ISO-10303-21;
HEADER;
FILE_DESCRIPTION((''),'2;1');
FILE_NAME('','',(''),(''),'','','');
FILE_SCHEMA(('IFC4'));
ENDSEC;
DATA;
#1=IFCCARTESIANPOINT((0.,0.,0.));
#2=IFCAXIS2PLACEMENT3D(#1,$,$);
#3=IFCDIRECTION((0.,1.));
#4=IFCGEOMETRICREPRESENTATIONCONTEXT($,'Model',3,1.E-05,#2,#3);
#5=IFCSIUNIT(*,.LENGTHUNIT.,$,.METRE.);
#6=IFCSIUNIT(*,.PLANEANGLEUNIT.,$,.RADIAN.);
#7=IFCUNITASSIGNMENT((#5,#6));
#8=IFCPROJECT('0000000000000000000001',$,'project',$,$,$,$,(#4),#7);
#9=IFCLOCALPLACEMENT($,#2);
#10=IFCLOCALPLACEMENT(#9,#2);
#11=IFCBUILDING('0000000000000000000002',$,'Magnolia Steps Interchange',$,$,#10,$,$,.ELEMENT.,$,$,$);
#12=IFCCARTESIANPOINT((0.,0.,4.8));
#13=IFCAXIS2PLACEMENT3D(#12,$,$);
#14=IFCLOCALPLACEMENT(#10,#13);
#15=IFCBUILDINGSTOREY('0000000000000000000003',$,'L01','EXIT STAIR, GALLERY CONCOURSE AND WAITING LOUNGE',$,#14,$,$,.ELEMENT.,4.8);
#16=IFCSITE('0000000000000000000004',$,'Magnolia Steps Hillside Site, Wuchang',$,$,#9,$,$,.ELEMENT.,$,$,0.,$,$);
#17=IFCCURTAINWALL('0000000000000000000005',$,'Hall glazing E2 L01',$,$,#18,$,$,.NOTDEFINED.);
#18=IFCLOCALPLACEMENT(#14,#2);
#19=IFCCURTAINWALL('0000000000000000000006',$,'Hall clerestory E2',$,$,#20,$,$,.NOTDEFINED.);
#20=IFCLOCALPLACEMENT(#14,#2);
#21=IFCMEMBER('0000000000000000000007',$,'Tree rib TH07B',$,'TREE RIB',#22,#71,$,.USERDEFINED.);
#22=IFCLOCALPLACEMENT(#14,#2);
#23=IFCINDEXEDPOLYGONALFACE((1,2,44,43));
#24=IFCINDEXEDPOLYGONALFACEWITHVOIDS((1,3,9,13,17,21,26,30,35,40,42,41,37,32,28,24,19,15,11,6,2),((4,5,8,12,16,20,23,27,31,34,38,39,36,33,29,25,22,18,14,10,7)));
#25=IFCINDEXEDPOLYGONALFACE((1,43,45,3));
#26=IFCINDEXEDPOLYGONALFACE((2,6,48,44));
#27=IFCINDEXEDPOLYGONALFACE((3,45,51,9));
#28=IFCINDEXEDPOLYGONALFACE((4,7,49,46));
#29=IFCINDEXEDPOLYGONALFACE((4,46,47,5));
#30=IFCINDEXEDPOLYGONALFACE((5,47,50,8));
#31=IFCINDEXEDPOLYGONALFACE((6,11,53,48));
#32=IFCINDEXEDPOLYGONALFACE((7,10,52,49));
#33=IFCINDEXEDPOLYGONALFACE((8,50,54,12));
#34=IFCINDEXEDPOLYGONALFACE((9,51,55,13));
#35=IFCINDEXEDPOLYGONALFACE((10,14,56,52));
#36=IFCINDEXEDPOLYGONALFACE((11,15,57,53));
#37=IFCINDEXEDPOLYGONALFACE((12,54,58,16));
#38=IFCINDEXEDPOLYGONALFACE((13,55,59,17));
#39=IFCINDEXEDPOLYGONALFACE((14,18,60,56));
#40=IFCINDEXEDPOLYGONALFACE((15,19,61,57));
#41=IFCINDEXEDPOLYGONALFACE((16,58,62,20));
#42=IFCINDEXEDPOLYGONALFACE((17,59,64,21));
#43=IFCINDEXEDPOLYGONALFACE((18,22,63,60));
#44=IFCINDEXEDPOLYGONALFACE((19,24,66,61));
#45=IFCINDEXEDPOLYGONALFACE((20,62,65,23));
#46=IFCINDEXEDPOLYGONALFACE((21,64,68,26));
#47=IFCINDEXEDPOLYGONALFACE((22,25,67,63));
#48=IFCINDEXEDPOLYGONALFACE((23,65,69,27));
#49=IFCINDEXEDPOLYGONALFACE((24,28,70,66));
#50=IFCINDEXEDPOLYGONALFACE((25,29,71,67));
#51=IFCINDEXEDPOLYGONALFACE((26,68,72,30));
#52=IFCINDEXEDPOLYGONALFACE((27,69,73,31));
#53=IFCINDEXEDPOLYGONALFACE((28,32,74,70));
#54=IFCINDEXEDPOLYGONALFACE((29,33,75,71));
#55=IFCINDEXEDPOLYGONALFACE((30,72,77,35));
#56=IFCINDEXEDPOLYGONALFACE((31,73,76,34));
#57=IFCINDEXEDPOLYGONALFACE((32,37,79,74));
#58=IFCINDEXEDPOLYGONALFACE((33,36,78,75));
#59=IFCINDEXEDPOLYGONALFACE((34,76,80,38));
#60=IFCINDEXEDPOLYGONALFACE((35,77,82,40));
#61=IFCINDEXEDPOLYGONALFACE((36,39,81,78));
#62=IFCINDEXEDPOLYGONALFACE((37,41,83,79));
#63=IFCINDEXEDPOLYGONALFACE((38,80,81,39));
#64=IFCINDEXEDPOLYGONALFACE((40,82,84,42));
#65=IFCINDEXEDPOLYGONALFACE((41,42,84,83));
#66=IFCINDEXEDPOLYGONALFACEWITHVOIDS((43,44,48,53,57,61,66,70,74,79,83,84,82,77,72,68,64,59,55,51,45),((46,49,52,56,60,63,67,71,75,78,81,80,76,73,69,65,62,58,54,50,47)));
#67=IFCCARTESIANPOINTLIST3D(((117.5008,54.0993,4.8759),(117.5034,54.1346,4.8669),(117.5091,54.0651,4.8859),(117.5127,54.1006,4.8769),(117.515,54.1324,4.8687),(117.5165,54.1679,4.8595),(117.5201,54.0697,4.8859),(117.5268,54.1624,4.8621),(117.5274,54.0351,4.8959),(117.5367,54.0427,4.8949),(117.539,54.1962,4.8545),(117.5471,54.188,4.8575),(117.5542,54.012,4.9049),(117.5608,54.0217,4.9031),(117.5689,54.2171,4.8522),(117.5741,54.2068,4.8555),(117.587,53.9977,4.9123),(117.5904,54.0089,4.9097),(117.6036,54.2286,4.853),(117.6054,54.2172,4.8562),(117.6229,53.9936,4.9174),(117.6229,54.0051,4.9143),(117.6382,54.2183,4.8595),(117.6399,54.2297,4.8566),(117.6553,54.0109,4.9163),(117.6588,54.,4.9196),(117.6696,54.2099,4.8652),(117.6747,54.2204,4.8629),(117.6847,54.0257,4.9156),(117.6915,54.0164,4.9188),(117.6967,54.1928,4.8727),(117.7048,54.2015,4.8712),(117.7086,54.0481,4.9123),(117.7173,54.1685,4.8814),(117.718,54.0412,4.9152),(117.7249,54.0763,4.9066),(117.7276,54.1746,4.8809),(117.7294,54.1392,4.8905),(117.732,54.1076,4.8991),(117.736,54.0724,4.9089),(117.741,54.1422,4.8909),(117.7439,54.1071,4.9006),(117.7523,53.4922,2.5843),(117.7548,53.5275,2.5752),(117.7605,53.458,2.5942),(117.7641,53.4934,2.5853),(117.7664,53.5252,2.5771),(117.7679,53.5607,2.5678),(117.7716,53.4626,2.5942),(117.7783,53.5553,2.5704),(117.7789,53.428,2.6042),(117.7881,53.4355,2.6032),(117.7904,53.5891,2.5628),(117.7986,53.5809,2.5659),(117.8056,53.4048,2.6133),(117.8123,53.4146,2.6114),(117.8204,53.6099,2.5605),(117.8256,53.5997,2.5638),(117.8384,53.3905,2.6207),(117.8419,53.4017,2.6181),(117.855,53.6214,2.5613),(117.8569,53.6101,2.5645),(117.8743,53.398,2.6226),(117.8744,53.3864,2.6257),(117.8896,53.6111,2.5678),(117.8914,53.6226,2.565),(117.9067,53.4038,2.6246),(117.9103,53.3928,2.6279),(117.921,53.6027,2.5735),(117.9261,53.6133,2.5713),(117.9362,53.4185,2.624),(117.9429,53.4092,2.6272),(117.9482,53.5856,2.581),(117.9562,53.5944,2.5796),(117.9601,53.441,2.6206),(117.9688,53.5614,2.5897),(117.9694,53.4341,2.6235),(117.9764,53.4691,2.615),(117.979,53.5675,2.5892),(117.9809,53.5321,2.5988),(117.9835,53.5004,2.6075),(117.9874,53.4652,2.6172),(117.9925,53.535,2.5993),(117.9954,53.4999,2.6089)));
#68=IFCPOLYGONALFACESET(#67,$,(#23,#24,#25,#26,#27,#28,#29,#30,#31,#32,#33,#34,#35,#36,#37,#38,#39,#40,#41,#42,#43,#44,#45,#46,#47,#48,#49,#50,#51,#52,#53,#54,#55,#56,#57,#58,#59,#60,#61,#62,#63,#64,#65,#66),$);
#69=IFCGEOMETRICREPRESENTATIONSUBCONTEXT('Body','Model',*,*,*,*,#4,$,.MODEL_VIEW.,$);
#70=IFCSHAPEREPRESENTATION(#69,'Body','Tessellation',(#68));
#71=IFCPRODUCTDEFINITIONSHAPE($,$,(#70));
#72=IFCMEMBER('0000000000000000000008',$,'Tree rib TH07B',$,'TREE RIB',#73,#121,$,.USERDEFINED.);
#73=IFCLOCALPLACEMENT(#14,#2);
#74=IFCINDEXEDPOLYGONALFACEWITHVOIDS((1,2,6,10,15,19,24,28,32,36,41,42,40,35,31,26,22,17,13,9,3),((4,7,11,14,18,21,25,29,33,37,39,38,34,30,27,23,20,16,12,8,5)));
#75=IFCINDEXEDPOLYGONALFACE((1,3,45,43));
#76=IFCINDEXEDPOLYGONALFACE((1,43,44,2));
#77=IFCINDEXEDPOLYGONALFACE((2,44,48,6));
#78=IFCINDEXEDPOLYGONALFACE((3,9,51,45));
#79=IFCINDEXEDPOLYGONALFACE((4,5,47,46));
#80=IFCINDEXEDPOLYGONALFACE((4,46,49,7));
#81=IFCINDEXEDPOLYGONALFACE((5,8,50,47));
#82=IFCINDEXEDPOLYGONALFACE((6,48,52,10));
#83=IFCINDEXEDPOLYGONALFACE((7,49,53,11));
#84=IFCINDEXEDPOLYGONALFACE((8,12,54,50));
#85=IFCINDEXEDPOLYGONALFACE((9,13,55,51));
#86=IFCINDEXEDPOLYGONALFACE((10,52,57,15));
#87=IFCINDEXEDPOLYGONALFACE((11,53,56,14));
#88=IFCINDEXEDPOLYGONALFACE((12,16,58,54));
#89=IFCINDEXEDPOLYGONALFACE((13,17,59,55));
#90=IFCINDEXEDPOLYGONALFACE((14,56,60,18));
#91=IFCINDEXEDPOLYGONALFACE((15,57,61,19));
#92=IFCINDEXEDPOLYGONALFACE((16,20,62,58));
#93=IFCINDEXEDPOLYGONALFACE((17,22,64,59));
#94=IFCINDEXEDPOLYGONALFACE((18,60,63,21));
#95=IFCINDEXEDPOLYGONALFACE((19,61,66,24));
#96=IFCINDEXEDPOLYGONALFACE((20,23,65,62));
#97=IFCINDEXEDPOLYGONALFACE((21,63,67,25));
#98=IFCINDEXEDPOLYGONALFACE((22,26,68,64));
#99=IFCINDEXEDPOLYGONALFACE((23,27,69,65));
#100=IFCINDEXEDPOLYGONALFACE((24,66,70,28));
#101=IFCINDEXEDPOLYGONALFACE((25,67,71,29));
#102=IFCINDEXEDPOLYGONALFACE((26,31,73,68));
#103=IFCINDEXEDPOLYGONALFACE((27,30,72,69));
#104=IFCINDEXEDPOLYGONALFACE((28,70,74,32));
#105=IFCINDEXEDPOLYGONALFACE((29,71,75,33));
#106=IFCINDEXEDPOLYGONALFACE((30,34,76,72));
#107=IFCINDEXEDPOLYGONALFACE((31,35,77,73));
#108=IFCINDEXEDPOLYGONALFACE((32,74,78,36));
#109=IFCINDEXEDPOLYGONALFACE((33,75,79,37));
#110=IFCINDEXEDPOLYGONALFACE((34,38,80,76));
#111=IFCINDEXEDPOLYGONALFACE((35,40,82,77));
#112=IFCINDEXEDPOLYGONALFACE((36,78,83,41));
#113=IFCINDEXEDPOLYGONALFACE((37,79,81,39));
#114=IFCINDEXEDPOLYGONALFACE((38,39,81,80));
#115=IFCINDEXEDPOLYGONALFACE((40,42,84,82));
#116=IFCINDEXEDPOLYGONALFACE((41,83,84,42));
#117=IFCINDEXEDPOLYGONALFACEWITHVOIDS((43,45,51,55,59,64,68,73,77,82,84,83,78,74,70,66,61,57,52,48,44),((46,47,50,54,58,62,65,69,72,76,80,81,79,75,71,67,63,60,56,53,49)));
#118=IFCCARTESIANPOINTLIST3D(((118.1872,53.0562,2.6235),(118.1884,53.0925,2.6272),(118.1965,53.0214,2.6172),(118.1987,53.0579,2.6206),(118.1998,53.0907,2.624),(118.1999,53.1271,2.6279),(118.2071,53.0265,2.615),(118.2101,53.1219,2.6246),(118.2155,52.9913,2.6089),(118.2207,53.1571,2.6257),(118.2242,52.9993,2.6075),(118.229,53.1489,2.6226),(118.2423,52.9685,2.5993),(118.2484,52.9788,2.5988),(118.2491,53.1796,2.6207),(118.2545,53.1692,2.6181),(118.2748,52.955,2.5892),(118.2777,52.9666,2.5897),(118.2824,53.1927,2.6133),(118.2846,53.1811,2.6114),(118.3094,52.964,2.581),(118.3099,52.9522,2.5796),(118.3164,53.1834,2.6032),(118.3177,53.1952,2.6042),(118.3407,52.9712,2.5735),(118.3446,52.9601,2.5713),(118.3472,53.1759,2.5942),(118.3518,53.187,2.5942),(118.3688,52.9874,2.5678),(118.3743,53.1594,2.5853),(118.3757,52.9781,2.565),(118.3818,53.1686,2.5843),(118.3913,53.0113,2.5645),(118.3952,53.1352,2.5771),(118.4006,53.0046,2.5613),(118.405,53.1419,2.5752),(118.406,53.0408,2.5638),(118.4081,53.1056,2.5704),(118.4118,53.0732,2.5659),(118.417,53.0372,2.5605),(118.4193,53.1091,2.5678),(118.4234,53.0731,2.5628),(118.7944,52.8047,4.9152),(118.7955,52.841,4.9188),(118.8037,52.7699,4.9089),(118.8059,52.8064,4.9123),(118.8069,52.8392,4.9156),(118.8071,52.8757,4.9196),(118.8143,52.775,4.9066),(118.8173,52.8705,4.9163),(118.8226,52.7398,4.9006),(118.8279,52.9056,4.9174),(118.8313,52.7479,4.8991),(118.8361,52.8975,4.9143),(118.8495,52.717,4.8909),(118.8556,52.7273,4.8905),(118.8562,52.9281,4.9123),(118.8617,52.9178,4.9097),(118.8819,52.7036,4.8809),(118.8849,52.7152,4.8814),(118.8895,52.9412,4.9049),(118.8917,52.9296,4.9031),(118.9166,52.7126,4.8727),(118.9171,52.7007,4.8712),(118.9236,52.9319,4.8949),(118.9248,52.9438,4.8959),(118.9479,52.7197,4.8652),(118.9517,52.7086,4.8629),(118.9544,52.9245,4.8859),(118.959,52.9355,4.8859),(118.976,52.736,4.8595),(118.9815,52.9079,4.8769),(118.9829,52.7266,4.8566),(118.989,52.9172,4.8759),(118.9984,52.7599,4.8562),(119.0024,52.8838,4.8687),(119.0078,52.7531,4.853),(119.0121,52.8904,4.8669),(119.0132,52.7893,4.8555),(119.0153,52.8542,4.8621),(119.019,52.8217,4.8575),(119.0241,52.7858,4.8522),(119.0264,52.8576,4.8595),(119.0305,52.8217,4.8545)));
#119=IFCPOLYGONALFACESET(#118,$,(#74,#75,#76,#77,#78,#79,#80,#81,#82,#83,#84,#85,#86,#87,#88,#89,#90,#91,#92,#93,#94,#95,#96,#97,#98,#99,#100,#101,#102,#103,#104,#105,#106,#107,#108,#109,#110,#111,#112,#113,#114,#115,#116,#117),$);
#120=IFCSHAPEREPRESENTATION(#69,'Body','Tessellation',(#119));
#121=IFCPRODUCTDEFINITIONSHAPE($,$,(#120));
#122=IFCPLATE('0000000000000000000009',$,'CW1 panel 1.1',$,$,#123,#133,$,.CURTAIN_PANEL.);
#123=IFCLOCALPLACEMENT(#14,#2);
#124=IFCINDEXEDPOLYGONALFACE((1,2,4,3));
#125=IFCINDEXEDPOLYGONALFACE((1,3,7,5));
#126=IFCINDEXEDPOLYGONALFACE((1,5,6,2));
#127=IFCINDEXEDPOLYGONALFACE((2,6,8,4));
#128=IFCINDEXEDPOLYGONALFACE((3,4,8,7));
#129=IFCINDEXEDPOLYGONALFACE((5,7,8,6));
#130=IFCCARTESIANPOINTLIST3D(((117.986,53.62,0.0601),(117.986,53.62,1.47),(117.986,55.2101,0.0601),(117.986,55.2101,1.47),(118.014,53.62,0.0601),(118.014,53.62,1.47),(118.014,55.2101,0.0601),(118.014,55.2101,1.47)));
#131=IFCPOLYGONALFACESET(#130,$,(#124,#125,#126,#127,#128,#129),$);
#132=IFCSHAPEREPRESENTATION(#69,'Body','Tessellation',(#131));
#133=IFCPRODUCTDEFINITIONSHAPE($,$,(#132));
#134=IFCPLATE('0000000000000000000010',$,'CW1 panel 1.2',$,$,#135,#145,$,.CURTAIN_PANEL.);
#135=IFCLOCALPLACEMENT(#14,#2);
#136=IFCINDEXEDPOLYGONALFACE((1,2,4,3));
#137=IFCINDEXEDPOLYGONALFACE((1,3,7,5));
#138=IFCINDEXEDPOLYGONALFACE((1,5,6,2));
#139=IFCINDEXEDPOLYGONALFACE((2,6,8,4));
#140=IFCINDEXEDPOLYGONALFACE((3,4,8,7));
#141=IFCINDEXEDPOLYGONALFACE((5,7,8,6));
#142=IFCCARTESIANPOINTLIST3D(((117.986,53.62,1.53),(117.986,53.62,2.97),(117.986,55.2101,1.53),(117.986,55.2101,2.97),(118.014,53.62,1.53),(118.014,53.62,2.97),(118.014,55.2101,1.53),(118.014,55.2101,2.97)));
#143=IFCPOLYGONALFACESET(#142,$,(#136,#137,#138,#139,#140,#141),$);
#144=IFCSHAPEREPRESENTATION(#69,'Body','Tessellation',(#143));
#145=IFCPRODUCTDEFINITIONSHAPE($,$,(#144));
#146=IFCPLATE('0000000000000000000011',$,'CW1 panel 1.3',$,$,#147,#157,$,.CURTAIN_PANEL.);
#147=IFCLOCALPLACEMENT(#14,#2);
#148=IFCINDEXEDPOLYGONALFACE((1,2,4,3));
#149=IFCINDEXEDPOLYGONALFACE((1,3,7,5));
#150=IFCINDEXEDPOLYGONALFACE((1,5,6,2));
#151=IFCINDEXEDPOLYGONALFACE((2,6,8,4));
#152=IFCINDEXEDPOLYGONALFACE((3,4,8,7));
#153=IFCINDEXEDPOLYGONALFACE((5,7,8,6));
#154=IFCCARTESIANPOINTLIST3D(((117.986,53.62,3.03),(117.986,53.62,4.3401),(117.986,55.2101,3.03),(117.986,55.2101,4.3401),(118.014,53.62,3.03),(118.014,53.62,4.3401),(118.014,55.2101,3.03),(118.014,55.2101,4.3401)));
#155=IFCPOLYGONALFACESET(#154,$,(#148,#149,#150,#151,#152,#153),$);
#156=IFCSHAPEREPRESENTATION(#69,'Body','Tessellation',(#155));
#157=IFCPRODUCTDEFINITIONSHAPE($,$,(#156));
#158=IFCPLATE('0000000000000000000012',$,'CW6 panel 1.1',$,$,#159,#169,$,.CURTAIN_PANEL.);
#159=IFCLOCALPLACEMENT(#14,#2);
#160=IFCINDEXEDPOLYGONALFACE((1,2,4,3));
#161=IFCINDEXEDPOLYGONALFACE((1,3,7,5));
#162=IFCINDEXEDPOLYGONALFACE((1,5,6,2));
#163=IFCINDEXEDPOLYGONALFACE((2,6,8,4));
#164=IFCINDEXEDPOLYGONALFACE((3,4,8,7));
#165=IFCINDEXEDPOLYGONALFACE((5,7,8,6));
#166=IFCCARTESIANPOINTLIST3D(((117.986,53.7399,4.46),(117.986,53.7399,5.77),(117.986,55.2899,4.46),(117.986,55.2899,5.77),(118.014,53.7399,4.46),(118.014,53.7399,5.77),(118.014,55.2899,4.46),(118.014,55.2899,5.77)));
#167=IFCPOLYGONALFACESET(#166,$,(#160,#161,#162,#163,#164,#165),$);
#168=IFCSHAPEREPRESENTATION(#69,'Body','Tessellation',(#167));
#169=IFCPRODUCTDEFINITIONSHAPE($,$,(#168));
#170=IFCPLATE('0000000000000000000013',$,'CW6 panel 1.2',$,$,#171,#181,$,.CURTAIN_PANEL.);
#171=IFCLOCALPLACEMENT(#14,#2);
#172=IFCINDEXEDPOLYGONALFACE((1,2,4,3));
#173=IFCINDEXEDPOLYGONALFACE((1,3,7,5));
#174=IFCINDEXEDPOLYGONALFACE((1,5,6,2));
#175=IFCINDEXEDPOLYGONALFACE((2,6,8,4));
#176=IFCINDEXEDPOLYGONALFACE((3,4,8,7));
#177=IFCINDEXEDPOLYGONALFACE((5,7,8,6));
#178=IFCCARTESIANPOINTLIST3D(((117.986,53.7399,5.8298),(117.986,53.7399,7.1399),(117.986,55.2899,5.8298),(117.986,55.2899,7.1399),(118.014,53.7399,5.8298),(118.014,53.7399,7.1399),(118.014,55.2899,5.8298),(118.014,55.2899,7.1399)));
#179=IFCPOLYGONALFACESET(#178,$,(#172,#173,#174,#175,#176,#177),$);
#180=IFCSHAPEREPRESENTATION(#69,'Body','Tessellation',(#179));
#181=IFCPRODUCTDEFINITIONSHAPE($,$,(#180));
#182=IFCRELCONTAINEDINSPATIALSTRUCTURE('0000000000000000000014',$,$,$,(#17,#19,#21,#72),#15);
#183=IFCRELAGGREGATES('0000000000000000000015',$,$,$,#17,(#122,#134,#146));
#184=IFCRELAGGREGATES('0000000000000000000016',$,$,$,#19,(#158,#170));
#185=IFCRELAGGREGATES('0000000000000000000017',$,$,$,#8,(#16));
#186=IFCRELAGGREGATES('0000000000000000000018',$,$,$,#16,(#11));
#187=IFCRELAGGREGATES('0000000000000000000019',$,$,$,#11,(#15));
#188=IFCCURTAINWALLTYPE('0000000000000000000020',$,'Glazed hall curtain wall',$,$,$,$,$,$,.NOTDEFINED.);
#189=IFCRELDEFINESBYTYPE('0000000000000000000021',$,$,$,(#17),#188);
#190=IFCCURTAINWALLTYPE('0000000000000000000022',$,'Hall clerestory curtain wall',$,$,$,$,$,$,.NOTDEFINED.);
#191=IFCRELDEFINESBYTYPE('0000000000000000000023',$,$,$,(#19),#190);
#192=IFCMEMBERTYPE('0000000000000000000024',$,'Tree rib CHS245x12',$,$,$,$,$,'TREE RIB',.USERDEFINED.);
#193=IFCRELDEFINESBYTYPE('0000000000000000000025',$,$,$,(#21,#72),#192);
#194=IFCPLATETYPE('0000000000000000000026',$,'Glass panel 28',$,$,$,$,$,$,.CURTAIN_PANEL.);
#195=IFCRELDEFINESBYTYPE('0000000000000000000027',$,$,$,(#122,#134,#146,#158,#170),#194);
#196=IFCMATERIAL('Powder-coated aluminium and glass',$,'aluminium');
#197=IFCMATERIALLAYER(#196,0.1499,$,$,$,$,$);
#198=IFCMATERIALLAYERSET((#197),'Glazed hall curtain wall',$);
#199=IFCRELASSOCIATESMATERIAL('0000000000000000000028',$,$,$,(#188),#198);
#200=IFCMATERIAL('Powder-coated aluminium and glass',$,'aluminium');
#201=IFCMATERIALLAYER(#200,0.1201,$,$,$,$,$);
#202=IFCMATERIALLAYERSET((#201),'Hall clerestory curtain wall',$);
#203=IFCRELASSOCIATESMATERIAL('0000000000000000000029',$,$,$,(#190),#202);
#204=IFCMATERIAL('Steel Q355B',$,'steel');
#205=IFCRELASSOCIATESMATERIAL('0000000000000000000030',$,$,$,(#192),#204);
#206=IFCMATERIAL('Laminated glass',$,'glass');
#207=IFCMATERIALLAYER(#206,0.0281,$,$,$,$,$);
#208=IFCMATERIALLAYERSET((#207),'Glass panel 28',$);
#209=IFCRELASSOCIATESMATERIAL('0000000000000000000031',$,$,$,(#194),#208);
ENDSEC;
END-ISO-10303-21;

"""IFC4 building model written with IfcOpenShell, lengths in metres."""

from ifc_helpers import new_model, si_unit, direction, frame, origin, origin_2d, place, context, subcontext, project, spatial, rectangle, hollow_circle, extrude, material, layer, layer_set, material_profile, profile_set, type_object, element, aggregate, save


model = new_model("IFC4")

# Units and contexts
model_context = context("Model", 3, precision=1e-05, world=origin(), true_north=direction((0.0, 1.0)))
body_context = subcontext(model_context, "Body", "Model", "MODEL_VIEW")
ifc_project = project(units=[si_unit("LENGTHUNIT", "METRE"), si_unit("PLANEANGLEUNIT", "RADIAN")], contexts=[model_context])

# Site, building, storey
site_placement = place(None, origin())
site = spatial("IfcSite", under=ifc_project, at=site_placement, Name="Magnolia Steps Hillside Site, Wuchang", CompositionType="ELEMENT", RefElevation=0.0)
building_placement = place(site_placement, origin())
building = spatial("IfcBuilding", under=site, at=building_placement, Name="Magnolia Steps Interchange", CompositionType="ELEMENT")
storey_placement = place(building_placement, frame((0.0, 0.0, 4.8)))
storey = spatial("IfcBuildingStorey", under=building, at=storey_placement, Name="L01", Description="EXIT STAIR, GALLERY CONCOURSE AND WAITING LOUNGE", CompositionType="ELEMENT", Elevation=4.8)

# Curtain wall
ifc_material_1 = material(Name="Powder-coated aluminium and glass", Category="aluminium")
ifc_layer_1 = layer(ifc_material_1, 0.1499)
ifc_layer_set_1 = layer_set([ifc_layer_1], Name="Glazed hall curtain wall")
curtain_wall_type_1 = type_object("IfcCurtainWallType", Name="Glazed hall curtain wall", PredefinedType="NOTDEFINED", material=ifc_layer_set_1)
curtain_wall_1_placement = place(storey_placement, origin())
curtain_wall_1 = element("IfcCurtainWall", 1, at=curtain_wall_1_placement, inside=storey, type_object=curtain_wall_type_1, Name="Hall glazing E2 L01", PredefinedType="NOTDEFINED")

# Curtain wall
ifc_material_2 = material(Name="Powder-coated aluminium and glass", Category="aluminium")
ifc_layer_2 = layer(ifc_material_2, 0.1201)
ifc_layer_set_2 = layer_set([ifc_layer_2], Name="Hall clerestory curtain wall")
curtain_wall_type_2 = type_object("IfcCurtainWallType", Name="Hall clerestory curtain wall", PredefinedType="NOTDEFINED", material=ifc_layer_set_2)
curtain_wall_2_placement = place(storey_placement, origin())
curtain_wall_2 = element("IfcCurtainWall", 2, at=curtain_wall_2_placement, inside=storey, type_object=curtain_wall_type_2, Name="Hall clerestory E2", PredefinedType="NOTDEFINED")

# Members
ifc_material_3 = material(Name="Steel Q355B", Category="steel")
ifc_material_profile_1 = material_profile(ifc_material_3, hollow_circle(Radius=0.1226, WallThickness=0.012, at=origin_2d()), Name="CHS245x12")
ifc_profile_set_1 = profile_set([ifc_material_profile_1], Name="Steel Q355B")
member_type_1 = type_object("IfcMemberType", Name="Tree rib CHS245x12", ElementType="TREE RIB", PredefinedType="USERDEFINED", material=ifc_profile_set_1)
for number, where, z_axis, x_axis, name in (
    (3, (117.8738, 53.5049, 2.5942), (-0.105475, 0.254676, 0.961257), (-0.923899, -0.382636, 0.0), "Tree rib TH07B"),
    (4, (118.3049, 53.0737, 2.5942), (0.254676, -0.105475, 0.961257), (0.382636, 0.923899, 0.0), "Tree rib TH07B"),
):
    element("IfcMember", number, at=place(storey_placement, frame(where, z_axis=z_axis, x_axis=x_axis)), inside=storey, type_object=member_type_1, Name=name, ObjectType="TREE RIB", PredefinedType="USERDEFINED", context=body_context, shape_type="SweptSolid", body=[
        extrude(hollow_circle(Radius=0.1226, WallThickness=0.012, at=origin_2d()), origin(), (0.0, 0.0, 1.0), 2.384),
    ])

# Plates
ifc_material_4 = material(Name="Laminated glass", Category="glass")
ifc_layer_3 = layer(ifc_material_4, 0.0281)
ifc_layer_set_3 = layer_set([ifc_layer_3], Name="Glass panel 28")
plate_type_1 = type_object("IfcPlateType", Name="Glass panel 28", PredefinedType="CURTAIN_PANEL", material=ifc_layer_set_3)
plate_1_placement = place(storey_placement, frame((118.0, 54.415, 0.0601), z_axis=(0.0, 0.0, 1.0), x_axis=(0.0, 1.0, 0.0)))
plate_1 = element("IfcPlate", 5, at=plate_1_placement, type_object=plate_type_1, Name="CW1 panel 1.1", PredefinedType="CURTAIN_PANEL", context=body_context, shape_type="SweptSolid", body=[
    extrude(rectangle(XDim=1.5901, YDim=0.0281, at=origin_2d()), origin(), (0.0, 0.0, 1.0), 1.4099),
])
plate_2_placement = place(storey_placement, frame((118.0, 54.415, 1.53), z_axis=(0.0, 0.0, 1.0), x_axis=(0.0, 1.0, 0.0)))
plate_2 = element("IfcPlate", 6, at=plate_2_placement, type_object=plate_type_1, Name="CW1 panel 1.2", PredefinedType="CURTAIN_PANEL", context=body_context, shape_type="SweptSolid", body=[
    extrude(rectangle(XDim=1.5901, YDim=0.0281, at=origin_2d()), origin(), (0.0, 0.0, 1.0), 1.4399),
])
plate_3_placement = place(storey_placement, frame((118.0, 54.415, 3.03), z_axis=(0.0, 0.0, 1.0), x_axis=(0.0, 1.0, 0.0)))
plate_3 = element("IfcPlate", 7, at=plate_3_placement, type_object=plate_type_1, Name="CW1 panel 1.3", PredefinedType="CURTAIN_PANEL", context=body_context, shape_type="SweptSolid", body=[
    extrude(rectangle(XDim=1.5901, YDim=0.0281, at=origin_2d()), origin(), (0.0, 0.0, 1.0), 1.3101),
])
aggregate(curtain_wall_1, [plate_1, plate_2, plate_3])
plate_4_placement = place(storey_placement, frame((118.0, 54.5149, 4.46), z_axis=(0.0, 0.0, 1.0), x_axis=(0.0, 1.0, 0.0)))
plate_4 = element("IfcPlate", 8, at=plate_4_placement, type_object=plate_type_1, Name="CW6 panel 1.1", PredefinedType="CURTAIN_PANEL", context=body_context, shape_type="SweptSolid", body=[
    extrude(rectangle(XDim=1.55, YDim=0.0281, at=origin_2d()), origin(), (0.0, 0.0, 1.0), 1.3101),
])
plate_5_placement = place(storey_placement, frame((118.0, 54.5149, 5.8298), z_axis=(0.0, 0.0, 1.0), x_axis=(0.0, 1.0, 0.0)))
plate_5 = element("IfcPlate", 9, at=plate_5_placement, type_object=plate_type_1, Name="CW6 panel 1.2", PredefinedType="CURTAIN_PANEL", context=body_context, shape_type="SweptSolid", body=[
    extrude(rectangle(XDim=1.55, YDim=0.0281, at=origin_2d()), origin(), (0.0, 0.0, 1.0), 1.3101),
])
aggregate(curtain_wall_2, [plate_4, plate_5])

save(model, "model.ifc")
